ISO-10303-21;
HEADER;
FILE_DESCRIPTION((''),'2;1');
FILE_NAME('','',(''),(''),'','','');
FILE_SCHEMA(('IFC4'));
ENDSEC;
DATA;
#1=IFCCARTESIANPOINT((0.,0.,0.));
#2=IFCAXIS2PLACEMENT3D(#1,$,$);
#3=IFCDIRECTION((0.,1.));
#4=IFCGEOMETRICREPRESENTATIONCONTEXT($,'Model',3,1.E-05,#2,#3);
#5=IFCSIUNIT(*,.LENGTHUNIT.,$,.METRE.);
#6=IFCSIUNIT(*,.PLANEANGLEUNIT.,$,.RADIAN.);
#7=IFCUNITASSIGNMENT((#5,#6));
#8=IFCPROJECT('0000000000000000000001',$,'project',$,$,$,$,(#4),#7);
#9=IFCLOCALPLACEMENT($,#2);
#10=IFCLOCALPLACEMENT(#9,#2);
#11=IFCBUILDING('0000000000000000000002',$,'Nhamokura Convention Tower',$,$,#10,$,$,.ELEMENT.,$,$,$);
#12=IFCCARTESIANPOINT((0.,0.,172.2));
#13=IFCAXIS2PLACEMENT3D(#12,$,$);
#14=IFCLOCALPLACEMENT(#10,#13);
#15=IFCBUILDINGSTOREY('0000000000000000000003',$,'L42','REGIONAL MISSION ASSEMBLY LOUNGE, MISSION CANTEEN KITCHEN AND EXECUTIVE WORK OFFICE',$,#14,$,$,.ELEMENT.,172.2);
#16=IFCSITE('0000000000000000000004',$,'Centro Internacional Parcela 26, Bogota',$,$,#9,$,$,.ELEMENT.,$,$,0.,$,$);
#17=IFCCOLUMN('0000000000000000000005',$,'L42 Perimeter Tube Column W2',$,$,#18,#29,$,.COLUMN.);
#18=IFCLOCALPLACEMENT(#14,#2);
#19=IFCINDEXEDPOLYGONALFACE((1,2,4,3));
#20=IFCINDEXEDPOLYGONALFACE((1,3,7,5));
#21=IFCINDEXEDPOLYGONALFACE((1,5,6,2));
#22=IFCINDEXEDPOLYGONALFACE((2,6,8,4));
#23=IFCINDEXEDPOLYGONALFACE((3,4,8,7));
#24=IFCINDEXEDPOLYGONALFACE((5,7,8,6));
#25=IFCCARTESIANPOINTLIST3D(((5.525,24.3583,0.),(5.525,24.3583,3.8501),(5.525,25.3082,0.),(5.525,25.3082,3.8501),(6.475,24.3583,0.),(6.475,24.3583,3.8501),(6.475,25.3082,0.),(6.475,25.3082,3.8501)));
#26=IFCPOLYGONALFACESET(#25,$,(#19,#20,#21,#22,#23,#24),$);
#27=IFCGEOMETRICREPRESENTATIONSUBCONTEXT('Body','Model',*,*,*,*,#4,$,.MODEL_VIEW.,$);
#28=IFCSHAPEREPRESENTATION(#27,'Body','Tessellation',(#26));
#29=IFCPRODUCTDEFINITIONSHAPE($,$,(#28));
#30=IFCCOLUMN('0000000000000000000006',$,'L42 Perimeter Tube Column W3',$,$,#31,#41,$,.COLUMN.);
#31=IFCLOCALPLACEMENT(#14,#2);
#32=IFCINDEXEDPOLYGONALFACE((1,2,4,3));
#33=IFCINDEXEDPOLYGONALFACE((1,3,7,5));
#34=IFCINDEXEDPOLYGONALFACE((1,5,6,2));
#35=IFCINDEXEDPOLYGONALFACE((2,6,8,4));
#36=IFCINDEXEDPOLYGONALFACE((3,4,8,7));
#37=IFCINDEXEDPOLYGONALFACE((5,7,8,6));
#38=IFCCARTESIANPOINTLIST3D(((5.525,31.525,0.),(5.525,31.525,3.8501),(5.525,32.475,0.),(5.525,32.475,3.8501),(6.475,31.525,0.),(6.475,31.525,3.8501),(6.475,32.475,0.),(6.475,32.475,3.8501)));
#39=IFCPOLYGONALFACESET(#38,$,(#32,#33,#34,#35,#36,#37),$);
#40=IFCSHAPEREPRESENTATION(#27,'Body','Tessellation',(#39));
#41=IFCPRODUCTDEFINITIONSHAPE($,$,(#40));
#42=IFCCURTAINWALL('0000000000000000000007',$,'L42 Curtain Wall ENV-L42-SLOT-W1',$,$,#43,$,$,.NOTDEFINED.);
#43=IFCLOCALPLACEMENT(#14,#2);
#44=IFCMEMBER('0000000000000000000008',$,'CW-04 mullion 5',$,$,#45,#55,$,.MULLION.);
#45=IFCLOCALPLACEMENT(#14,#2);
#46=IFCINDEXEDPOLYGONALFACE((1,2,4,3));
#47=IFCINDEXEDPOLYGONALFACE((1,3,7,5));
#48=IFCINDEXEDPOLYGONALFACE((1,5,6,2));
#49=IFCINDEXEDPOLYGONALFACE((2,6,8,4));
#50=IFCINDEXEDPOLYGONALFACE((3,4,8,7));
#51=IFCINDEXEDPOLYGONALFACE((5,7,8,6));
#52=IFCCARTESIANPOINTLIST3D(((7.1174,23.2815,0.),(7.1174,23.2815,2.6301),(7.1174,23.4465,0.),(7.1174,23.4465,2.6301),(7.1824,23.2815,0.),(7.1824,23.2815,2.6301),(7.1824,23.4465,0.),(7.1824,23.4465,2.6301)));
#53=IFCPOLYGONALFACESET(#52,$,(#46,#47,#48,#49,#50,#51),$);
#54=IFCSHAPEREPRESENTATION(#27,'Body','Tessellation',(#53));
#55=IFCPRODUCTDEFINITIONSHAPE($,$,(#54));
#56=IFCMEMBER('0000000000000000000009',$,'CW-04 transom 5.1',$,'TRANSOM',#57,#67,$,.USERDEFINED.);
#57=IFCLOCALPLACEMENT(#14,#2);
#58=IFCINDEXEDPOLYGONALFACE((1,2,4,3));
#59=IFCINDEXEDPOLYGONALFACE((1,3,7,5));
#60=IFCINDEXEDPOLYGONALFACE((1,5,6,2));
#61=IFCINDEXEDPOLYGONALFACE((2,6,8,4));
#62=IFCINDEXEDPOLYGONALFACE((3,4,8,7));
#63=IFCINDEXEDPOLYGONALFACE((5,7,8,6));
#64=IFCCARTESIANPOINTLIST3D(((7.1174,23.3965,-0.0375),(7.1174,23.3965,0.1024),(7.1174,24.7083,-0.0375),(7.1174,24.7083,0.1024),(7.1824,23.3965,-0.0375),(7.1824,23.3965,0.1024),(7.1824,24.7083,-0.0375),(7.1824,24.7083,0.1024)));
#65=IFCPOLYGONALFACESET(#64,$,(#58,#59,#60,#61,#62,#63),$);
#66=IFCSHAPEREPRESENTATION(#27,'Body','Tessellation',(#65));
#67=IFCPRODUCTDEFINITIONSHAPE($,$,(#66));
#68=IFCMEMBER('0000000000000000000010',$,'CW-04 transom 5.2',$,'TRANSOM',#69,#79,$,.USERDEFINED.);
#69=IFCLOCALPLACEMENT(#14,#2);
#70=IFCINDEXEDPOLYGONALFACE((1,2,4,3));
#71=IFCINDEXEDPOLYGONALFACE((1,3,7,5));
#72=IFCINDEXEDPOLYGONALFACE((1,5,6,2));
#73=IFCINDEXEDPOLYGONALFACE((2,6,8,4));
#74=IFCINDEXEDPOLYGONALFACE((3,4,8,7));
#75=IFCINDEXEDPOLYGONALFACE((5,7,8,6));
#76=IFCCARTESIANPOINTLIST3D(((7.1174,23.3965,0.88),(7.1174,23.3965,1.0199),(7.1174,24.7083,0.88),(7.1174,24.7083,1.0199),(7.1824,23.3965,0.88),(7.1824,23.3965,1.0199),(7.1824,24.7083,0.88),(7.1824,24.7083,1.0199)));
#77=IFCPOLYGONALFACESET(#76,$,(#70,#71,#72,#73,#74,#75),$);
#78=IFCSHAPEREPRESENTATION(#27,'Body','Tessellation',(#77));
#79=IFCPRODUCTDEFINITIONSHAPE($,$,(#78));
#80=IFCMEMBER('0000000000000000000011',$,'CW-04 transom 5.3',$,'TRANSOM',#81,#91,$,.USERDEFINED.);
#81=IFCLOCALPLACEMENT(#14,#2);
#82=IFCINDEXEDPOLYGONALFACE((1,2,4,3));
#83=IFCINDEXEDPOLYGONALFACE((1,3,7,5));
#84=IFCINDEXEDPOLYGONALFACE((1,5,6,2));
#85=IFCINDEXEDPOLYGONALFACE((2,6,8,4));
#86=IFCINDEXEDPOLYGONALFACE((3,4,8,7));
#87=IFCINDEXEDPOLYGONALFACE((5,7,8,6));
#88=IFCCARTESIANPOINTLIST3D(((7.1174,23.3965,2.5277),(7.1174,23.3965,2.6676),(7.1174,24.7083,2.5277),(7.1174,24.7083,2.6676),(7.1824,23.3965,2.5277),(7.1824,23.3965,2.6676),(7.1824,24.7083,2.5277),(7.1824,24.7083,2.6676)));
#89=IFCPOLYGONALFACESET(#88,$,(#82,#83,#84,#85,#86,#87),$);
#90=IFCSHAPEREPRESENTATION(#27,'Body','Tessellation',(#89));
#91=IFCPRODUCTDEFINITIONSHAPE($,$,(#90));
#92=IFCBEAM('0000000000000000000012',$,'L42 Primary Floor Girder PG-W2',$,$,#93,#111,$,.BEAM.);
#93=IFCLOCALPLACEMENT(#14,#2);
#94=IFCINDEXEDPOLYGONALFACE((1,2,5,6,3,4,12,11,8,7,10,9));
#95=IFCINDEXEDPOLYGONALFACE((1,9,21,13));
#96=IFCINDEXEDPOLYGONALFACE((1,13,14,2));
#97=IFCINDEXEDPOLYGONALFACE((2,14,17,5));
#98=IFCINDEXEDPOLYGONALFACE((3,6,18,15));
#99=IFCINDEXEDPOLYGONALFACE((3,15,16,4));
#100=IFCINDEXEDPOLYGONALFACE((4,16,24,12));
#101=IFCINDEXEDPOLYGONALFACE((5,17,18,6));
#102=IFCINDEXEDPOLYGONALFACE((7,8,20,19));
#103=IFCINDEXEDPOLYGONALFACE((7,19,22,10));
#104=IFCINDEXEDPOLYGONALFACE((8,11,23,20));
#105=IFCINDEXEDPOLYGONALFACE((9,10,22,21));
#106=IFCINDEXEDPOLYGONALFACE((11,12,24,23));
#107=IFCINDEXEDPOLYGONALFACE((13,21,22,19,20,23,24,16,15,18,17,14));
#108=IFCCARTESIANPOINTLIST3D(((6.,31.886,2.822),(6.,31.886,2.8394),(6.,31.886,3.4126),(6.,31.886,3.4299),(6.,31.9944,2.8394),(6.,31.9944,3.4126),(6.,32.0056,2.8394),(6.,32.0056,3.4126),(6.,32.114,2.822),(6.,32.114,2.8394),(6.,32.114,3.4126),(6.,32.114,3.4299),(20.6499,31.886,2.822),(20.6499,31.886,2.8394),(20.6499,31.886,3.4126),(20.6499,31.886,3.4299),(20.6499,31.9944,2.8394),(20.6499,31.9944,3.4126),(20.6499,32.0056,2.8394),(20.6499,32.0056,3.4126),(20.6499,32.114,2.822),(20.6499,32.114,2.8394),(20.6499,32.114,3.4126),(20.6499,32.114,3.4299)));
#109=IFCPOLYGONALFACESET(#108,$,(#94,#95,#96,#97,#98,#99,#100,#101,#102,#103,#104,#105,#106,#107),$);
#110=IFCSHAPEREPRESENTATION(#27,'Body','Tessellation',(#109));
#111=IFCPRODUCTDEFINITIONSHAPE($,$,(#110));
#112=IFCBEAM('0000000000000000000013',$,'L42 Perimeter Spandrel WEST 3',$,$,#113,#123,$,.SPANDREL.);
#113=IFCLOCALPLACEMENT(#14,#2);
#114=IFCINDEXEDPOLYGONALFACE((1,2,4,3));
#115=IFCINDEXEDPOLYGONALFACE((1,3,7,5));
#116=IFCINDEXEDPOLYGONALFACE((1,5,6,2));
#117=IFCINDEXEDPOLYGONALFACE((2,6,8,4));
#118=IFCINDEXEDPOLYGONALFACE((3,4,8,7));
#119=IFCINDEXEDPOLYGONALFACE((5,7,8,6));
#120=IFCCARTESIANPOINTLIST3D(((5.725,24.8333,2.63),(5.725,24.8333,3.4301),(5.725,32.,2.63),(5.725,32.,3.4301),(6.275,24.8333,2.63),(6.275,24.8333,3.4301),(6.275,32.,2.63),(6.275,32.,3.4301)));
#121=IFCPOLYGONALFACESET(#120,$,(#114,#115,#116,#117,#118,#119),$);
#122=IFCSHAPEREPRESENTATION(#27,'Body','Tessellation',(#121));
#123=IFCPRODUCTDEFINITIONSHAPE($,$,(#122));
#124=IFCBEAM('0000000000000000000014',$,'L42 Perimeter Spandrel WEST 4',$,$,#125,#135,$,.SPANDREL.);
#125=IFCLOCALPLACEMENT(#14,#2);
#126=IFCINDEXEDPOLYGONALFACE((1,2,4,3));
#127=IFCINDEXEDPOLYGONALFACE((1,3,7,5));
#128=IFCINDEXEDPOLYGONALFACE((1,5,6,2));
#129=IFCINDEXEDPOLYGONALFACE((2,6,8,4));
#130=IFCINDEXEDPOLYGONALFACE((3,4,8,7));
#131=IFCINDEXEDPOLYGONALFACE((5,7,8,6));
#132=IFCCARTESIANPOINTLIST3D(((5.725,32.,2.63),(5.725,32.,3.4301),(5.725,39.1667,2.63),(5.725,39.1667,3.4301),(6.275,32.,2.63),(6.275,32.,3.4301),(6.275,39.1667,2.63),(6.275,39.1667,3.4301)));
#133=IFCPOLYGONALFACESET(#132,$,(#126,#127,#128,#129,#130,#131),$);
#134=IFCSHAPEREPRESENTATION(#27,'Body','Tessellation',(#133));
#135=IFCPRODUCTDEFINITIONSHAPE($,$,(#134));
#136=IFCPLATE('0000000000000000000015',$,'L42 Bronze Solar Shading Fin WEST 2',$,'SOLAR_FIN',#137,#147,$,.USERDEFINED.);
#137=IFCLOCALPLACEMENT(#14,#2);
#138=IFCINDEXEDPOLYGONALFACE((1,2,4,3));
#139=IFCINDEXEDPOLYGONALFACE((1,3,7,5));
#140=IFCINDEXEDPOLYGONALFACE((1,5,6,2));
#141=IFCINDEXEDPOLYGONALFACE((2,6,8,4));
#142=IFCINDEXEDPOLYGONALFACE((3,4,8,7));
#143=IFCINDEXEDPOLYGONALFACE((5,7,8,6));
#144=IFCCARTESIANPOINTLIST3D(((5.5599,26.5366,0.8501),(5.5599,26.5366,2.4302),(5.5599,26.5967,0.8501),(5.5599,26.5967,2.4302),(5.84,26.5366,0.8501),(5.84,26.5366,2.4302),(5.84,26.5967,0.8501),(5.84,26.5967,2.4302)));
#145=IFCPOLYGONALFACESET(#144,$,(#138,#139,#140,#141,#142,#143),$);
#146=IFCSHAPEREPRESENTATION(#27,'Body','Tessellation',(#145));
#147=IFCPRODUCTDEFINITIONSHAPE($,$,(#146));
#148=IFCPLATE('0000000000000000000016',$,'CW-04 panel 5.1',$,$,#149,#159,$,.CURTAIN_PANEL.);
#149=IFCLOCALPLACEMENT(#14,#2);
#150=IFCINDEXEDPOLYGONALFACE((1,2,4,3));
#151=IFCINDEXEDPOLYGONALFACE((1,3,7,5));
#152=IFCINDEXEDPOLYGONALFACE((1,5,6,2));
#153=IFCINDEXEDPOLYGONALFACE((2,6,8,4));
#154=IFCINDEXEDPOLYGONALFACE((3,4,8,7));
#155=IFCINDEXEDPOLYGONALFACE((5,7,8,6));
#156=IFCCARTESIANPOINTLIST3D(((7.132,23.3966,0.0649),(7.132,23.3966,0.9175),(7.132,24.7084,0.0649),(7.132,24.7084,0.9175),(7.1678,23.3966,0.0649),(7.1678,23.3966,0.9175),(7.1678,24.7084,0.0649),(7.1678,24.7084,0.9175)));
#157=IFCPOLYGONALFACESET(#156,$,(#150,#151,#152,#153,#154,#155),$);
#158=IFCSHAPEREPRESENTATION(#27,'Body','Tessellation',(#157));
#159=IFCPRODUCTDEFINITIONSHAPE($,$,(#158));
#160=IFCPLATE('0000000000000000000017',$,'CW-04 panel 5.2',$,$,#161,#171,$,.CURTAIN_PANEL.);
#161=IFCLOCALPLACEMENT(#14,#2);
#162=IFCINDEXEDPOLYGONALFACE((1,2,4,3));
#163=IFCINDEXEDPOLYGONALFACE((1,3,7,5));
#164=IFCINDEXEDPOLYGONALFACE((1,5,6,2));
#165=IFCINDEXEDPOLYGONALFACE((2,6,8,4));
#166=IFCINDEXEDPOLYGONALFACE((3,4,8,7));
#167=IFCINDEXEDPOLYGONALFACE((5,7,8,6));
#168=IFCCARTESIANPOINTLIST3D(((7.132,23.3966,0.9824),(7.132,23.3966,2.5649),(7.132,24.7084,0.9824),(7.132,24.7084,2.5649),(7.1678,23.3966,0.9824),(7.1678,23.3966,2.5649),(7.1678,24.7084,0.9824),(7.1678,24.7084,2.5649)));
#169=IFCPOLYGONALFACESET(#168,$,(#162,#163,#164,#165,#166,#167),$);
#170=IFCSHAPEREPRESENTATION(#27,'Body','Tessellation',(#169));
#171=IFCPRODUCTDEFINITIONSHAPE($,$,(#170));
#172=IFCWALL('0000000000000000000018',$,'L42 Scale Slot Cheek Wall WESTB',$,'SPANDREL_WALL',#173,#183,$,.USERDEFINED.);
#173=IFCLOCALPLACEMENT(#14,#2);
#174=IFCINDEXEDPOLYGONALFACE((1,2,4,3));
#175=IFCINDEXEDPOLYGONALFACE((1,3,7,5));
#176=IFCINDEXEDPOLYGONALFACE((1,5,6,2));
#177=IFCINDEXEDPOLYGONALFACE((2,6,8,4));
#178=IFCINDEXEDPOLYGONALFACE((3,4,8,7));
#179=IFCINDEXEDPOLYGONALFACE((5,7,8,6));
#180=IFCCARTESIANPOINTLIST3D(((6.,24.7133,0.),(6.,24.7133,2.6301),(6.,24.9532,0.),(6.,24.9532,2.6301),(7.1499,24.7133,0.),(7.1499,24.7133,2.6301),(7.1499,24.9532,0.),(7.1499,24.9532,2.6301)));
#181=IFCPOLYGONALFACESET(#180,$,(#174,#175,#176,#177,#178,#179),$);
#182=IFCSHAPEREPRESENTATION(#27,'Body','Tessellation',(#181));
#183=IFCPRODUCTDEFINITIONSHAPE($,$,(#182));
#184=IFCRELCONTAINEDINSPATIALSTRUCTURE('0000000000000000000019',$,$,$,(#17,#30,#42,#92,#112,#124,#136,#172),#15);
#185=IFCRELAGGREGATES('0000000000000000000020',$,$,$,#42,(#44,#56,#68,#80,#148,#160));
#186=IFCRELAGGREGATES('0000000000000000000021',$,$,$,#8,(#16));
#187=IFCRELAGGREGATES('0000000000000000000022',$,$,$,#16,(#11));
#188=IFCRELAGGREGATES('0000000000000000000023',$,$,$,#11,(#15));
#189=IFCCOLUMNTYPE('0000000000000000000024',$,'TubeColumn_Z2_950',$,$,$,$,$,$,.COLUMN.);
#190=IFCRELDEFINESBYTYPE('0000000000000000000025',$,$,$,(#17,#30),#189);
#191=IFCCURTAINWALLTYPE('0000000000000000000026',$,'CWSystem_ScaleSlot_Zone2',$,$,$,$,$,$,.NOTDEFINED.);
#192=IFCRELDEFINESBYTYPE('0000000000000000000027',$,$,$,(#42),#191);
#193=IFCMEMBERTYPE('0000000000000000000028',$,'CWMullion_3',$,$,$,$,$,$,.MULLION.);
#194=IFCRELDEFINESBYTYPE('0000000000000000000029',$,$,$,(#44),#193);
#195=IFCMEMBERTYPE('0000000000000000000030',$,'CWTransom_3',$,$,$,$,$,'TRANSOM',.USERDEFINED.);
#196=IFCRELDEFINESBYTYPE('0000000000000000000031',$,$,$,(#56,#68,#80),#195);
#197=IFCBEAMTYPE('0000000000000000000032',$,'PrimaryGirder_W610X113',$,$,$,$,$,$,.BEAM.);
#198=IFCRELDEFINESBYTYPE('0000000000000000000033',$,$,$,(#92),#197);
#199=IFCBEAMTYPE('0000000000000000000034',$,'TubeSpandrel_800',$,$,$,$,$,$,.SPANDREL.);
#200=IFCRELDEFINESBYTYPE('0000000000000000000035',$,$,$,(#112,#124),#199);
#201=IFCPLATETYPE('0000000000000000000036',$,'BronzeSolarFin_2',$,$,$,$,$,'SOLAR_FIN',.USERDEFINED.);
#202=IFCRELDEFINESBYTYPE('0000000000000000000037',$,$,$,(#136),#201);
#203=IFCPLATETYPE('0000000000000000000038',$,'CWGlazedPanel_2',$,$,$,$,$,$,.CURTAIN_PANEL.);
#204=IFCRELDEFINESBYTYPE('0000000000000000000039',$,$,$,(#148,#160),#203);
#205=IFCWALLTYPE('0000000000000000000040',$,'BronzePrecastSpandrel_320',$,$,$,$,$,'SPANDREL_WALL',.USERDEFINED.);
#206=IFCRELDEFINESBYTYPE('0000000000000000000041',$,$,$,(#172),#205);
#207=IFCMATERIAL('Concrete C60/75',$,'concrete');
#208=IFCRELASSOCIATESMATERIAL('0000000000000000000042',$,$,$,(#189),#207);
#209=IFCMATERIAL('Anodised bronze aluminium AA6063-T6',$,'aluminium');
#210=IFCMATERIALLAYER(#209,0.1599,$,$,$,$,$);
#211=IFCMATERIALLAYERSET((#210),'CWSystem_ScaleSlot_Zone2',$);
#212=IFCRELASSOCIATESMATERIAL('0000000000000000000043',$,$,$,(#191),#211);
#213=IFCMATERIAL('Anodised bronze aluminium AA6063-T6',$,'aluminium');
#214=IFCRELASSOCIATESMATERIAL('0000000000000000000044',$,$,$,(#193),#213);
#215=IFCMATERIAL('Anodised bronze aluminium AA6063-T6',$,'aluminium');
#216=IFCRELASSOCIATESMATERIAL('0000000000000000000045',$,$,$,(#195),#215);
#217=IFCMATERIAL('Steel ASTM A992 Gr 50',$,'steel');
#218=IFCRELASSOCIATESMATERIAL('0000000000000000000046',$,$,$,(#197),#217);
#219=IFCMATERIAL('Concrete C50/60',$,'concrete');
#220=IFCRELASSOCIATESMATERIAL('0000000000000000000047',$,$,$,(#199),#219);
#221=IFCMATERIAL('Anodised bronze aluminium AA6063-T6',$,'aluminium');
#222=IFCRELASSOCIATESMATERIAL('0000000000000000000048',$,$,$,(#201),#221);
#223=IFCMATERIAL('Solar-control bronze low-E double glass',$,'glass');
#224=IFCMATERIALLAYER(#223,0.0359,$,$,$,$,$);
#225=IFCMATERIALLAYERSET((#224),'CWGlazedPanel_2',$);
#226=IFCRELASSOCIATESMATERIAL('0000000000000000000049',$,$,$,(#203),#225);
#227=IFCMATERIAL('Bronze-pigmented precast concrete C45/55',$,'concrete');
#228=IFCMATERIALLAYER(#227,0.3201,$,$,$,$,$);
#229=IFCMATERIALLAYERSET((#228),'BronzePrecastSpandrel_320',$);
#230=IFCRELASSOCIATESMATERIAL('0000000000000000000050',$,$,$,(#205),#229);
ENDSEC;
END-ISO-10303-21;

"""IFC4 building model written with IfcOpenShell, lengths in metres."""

from ifc_helpers import new_model, si_unit, direction, frame, frame_2d, origin, origin_2d, place, context, subcontext, project, spatial, rectangle, i_section, extrude, material, layer, layer_set, material_profile, profile_set, type_object, element, aggregate, save


model = new_model("IFC4")

# Units and contexts
model_context = context("Model", 3, precision=1e-05, world=origin(), true_north=direction((0.0, 1.0)))
body_context = subcontext(model_context, "Body", "Model", "MODEL_VIEW")
ifc_project = project(units=[si_unit("LENGTHUNIT", "METRE"), si_unit("PLANEANGLEUNIT", "RADIAN")], contexts=[model_context])

# Site, building, storey
site_placement = place(None, origin())
site = spatial("IfcSite", under=ifc_project, at=site_placement, Name="Centro Internacional Parcela 26, Bogota", CompositionType="ELEMENT", RefElevation=0.0)
building_placement = place(site_placement, origin())
building = spatial("IfcBuilding", under=site, at=building_placement, Name="Nhamokura Convention Tower", CompositionType="ELEMENT")
storey_placement = place(building_placement, frame((0.0, 0.0, 172.2)))
storey = spatial("IfcBuildingStorey", under=building, at=storey_placement, Name="L42", Description="REGIONAL MISSION ASSEMBLY LOUNGE, MISSION CANTEEN KITCHEN AND EXECUTIVE WORK OFFICE", CompositionType="ELEMENT", Elevation=172.2)

# Columns
ifc_material_1 = material(Name="Concrete C60/75", Category="concrete")
ifc_material_profile_1 = material_profile(ifc_material_1, rectangle(XDim=0.95, YDim=0.95, at=origin_2d()))
ifc_profile_set_1 = profile_set([ifc_material_profile_1], Name="Concrete C60/75")
column_type = type_object("IfcColumnType", Name="TubeColumn_Z2_950", PredefinedType="COLUMN", material=ifc_profile_set_1)
for number, where, z_axis, x_axis, name in (
    (1, (6.0, 24.8333, 0.0), (0.0, 0.0, 1.0), (1.0, 0.0, 0.0), "L42 Perimeter Tube Column W2"),
    (2, (6.0, 32.0, 0.0), (0.0, 0.0, 1.0), (1.0, 0.0, 0.0), "L42 Perimeter Tube Column W3"),
):
    element("IfcColumn", number, at=place(storey_placement, frame(where, z_axis=z_axis, x_axis=x_axis)), inside=storey, type_object=column_type, Name=name, PredefinedType="COLUMN", context=body_context, shape_type="SweptSolid", body=[
        extrude(rectangle(XDim=0.95, YDim=0.95, at=origin_2d()), origin(), (0.0, 0.0, 1.0), 3.8501),
    ])

# Curtain wall, members
ifc_material_2 = material(Name="Anodised bronze aluminium AA6063-T6", Category="aluminium")
ifc_layer_1 = layer(ifc_material_2, 0.1599)
ifc_layer_set_1 = layer_set([ifc_layer_1], Name="CWSystem_ScaleSlot_Zone2")
curtain_wall_type = type_object("IfcCurtainWallType", Name="CWSystem_ScaleSlot_Zone2", PredefinedType="NOTDEFINED", material=ifc_layer_set_1)
curtain_wall_placement = place(storey_placement, origin())
curtain_wall = element("IfcCurtainWall", 3, at=curtain_wall_placement, inside=storey, type_object=curtain_wall_type, Name="L42 Curtain Wall ENV-L42-SLOT-W1", PredefinedType="NOTDEFINED")
ifc_material_3 = material(Name="Anodised bronze aluminium AA6063-T6", Category="aluminium")
ifc_material_profile_2 = material_profile(ifc_material_3, rectangle(XDim=0.0649, YDim=0.165, at=origin_2d()))
ifc_profile_set_2 = profile_set([ifc_material_profile_2], Name="Anodised bronze aluminium AA6063-T6")
member_type_1 = type_object("IfcMemberType", Name="CWMullion_3", PredefinedType="MULLION", material=ifc_profile_set_2)
member_1_placement = place(storey_placement, frame((7.1499, 23.364, 0.0), z_axis=(0.0, 0.0, 1.0), x_axis=(-1.0, 0.0, 0.0)))
member_1 = element("IfcMember", 4, at=member_1_placement, type_object=member_type_1, Name="CW-04 mullion 5", PredefinedType="MULLION", context=body_context, shape_type="SweptSolid", body=[
    extrude(rectangle(XDim=0.0649, YDim=0.165, at=origin_2d()), origin(), (0.0, 0.0, 1.0), 2.6301),
])
ifc_material_4 = material(Name="Anodised bronze aluminium AA6063-T6", Category="aluminium")
ifc_material_profile_3 = material_profile(ifc_material_4, rectangle(XDim=0.0649, YDim=0.1399, at=origin_2d()))
ifc_profile_set_3 = profile_set([ifc_material_profile_3], Name="Anodised bronze aluminium AA6063-T6")
member_type_2 = type_object("IfcMemberType", Name="CWTransom_3", ElementType="TRANSOM", PredefinedType="USERDEFINED", material=ifc_profile_set_3)
member_2_placement = place(storey_placement, frame((7.1499, 23.3965, 0.0325), z_axis=(0.0, 1.0, 0.0), x_axis=(-1.0, 0.0, 0.0)))
member_2 = element("IfcMember", 5, at=member_2_placement, type_object=member_type_2, Name="CW-04 transom 5.1", ObjectType="TRANSOM", PredefinedType="USERDEFINED", context=body_context, shape_type="SweptSolid", body=[
    extrude(rectangle(XDim=0.0649, YDim=0.1399, at=origin_2d()), origin(), (0.0, 0.0, 1.0), 1.3118),
])
member_3_placement = place(storey_placement, frame((7.1499, 23.3965, 0.95), z_axis=(0.0, 1.0, 0.0), x_axis=(-1.0, 0.0, 0.0)))
member_3 = element("IfcMember", 6, at=member_3_placement, type_object=member_type_2, Name="CW-04 transom 5.2", ObjectType="TRANSOM", PredefinedType="USERDEFINED", context=body_context, shape_type="SweptSolid", body=[
    extrude(rectangle(XDim=0.0649, YDim=0.1399, at=origin_2d()), origin(), (0.0, 0.0, 1.0), 1.3118),
])
member_4_placement = place(storey_placement, frame((7.1499, 23.3965, 2.5977), z_axis=(0.0, 1.0, 0.0), x_axis=(-1.0, 0.0, 0.0)))
member_4 = element("IfcMember", 7, at=member_4_placement, type_object=member_type_2, Name="CW-04 transom 5.3", ObjectType="TRANSOM", PredefinedType="USERDEFINED", context=body_context, shape_type="SweptSolid", body=[
    extrude(rectangle(XDim=0.0649, YDim=0.1399, at=origin_2d()), origin(), (0.0, 0.0, 1.0), 1.3118),
])

# Beams
ifc_material_5 = material(Name="Steel ASTM A992 Gr 50", Category="steel")
ifc_material_profile_4 = material_profile(ifc_material_5, i_section(OverallWidth=0.228, OverallDepth=0.6079, WebThickness=0.0112, FlangeThickness=0.0173, at=origin_2d()))
ifc_profile_set_4 = profile_set([ifc_material_profile_4], Name="Steel ASTM A992 Gr 50")
beam_type_1 = type_object("IfcBeamType", Name="PrimaryGirder_W610X113", PredefinedType="BEAM", material=ifc_profile_set_4)
beam_placement = place(storey_placement, frame((6.0, 32.0, 3.126), z_axis=(1.0, 0.0, 0.0), x_axis=(0.0, 1.0, 0.0)))
element("IfcBeam", 8, at=beam_placement, inside=storey, type_object=beam_type_1, Name="L42 Primary Floor Girder PG-W2", PredefinedType="BEAM", context=body_context, shape_type="SweptSolid", body=[
    extrude(i_section(OverallWidth=0.228, OverallDepth=0.6079, WebThickness=0.0112, FlangeThickness=0.0173, at=origin_2d()), origin(), (0.0, 0.0, 1.0), 14.6499),
])
ifc_material_6 = material(Name="Concrete C50/60", Category="concrete")
ifc_material_profile_5 = material_profile(ifc_material_6, rectangle(XDim=0.55, YDim=0.8, at=origin_2d()))
ifc_profile_set_5 = profile_set([ifc_material_profile_5], Name="Concrete C50/60")
beam_type_2 = type_object("IfcBeamType", Name="TubeSpandrel_800", PredefinedType="SPANDREL", material=ifc_profile_set_5)
for number, where, z_axis, x_axis, name in (
    (9, (6.0, 24.8333, 3.03), (0.0, 1.0, 0.0), (-1.0, 0.0, 0.0), "L42 Perimeter Spandrel WEST 3"),
    (10, (6.0, 32.0, 3.03), (0.0, 1.0, 0.0), (-1.0, 0.0, 0.0), "L42 Perimeter Spandrel WEST 4"),
):
    element("IfcBeam", number, at=place(storey_placement, frame(where, z_axis=z_axis, x_axis=x_axis)), inside=storey, type_object=beam_type_2, Name=name, PredefinedType="SPANDREL", context=body_context, shape_type="SweptSolid", body=[
        extrude(rectangle(XDim=0.55, YDim=0.8, at=origin_2d()), origin(), (0.0, 0.0, 1.0), 7.1667),
    ])

# Plates
ifc_material_7 = material(Name="Anodised bronze aluminium AA6063-T6", Category="aluminium")
plate_type_1 = type_object("IfcPlateType", Name="BronzeSolarFin_2", ElementType="SOLAR_FIN", PredefinedType="USERDEFINED", material=ifc_material_7)
plate_1_placement = place(storey_placement, frame((5.7, 26.5667, 0.8501), z_axis=(0.0, 0.0, 1.0), x_axis=(1.0, 0.0, 0.0)))
element("IfcPlate", 11, at=plate_1_placement, inside=storey, type_object=plate_type_1, Name="L42 Bronze Solar Shading Fin WEST 2", ObjectType="SOLAR_FIN", PredefinedType="USERDEFINED", context=body_context, shape_type="SweptSolid", body=[
    extrude(rectangle(XDim=0.28, YDim=0.0601, at=origin_2d()), origin(), (0.0, 0.0, 1.0), 1.5801),
])
ifc_material_8 = material(Name="Solar-control bronze low-E double glass", Category="glass")
ifc_layer_2 = layer(ifc_material_8, 0.0359)
ifc_layer_set_2 = layer_set([ifc_layer_2], Name="CWGlazedPanel_2")
plate_type_2 = type_object("IfcPlateType", Name="CWGlazedPanel_2", PredefinedType="CURTAIN_PANEL", material=ifc_layer_set_2)
plate_2_placement = place(storey_placement, frame((7.1499, 24.0525, 0.0649), z_axis=(0.0, 0.0, 1.0), x_axis=(0.0, 1.0, 0.0)))
plate_2 = element("IfcPlate", 12, at=plate_2_placement, type_object=plate_type_2, Name="CW-04 panel 5.1", PredefinedType="CURTAIN_PANEL", context=body_context, shape_type="SweptSolid", body=[
    extrude(rectangle(XDim=1.3118, YDim=0.0359, at=origin_2d()), origin(), (0.0, 0.0, 1.0), 0.8525),
])
plate_3_placement = place(storey_placement, frame((7.1499, 24.0525, 0.9824), z_axis=(0.0, 0.0, 1.0), x_axis=(0.0, 1.0, 0.0)))
plate_3 = element("IfcPlate", 13, at=plate_3_placement, type_object=plate_type_2, Name="CW-04 panel 5.2", PredefinedType="CURTAIN_PANEL", context=body_context, shape_type="SweptSolid", body=[
    extrude(rectangle(XDim=1.3118, YDim=0.0359, at=origin_2d()), origin(), (0.0, 0.0, 1.0), 1.5825),
])
aggregate(curtain_wall, [member_1, member_2, member_3, member_4, plate_2, plate_3])

# Wall
ifc_material_9 = material(Name="Bronze-pigmented precast concrete C45/55", Category="concrete")
ifc_layer_3 = layer(ifc_material_9, 0.3201)
ifc_layer_set_3 = layer_set([ifc_layer_3], Name="BronzePrecastSpandrel_320")
wall_type_1 = type_object("IfcWallType", Name="BronzePrecastSpandrel_320", ElementType="SPANDREL_WALL", PredefinedType="USERDEFINED", material=ifc_layer_set_3)
wall_1_placement = place(storey_placement, frame((6.0, 24.8333, 0.0), z_axis=(0.0, 0.0, 1.0), x_axis=(1.0, 0.0, 0.0)))
element("IfcWall", 14, at=wall_1_placement, inside=storey, type_object=wall_type_1, Name="L42 Scale Slot Cheek Wall WESTB", ObjectType="SPANDREL_WALL", PredefinedType="USERDEFINED", context=body_context, shape_type="SweptSolid", body=[
    extrude(rectangle(XDim=1.1499, YDim=0.24, at=frame_2d((0.575, 0.0))), origin(), (0.0, 0.0, 1.0), 2.6301),
])

save(model, "model.ifc")
